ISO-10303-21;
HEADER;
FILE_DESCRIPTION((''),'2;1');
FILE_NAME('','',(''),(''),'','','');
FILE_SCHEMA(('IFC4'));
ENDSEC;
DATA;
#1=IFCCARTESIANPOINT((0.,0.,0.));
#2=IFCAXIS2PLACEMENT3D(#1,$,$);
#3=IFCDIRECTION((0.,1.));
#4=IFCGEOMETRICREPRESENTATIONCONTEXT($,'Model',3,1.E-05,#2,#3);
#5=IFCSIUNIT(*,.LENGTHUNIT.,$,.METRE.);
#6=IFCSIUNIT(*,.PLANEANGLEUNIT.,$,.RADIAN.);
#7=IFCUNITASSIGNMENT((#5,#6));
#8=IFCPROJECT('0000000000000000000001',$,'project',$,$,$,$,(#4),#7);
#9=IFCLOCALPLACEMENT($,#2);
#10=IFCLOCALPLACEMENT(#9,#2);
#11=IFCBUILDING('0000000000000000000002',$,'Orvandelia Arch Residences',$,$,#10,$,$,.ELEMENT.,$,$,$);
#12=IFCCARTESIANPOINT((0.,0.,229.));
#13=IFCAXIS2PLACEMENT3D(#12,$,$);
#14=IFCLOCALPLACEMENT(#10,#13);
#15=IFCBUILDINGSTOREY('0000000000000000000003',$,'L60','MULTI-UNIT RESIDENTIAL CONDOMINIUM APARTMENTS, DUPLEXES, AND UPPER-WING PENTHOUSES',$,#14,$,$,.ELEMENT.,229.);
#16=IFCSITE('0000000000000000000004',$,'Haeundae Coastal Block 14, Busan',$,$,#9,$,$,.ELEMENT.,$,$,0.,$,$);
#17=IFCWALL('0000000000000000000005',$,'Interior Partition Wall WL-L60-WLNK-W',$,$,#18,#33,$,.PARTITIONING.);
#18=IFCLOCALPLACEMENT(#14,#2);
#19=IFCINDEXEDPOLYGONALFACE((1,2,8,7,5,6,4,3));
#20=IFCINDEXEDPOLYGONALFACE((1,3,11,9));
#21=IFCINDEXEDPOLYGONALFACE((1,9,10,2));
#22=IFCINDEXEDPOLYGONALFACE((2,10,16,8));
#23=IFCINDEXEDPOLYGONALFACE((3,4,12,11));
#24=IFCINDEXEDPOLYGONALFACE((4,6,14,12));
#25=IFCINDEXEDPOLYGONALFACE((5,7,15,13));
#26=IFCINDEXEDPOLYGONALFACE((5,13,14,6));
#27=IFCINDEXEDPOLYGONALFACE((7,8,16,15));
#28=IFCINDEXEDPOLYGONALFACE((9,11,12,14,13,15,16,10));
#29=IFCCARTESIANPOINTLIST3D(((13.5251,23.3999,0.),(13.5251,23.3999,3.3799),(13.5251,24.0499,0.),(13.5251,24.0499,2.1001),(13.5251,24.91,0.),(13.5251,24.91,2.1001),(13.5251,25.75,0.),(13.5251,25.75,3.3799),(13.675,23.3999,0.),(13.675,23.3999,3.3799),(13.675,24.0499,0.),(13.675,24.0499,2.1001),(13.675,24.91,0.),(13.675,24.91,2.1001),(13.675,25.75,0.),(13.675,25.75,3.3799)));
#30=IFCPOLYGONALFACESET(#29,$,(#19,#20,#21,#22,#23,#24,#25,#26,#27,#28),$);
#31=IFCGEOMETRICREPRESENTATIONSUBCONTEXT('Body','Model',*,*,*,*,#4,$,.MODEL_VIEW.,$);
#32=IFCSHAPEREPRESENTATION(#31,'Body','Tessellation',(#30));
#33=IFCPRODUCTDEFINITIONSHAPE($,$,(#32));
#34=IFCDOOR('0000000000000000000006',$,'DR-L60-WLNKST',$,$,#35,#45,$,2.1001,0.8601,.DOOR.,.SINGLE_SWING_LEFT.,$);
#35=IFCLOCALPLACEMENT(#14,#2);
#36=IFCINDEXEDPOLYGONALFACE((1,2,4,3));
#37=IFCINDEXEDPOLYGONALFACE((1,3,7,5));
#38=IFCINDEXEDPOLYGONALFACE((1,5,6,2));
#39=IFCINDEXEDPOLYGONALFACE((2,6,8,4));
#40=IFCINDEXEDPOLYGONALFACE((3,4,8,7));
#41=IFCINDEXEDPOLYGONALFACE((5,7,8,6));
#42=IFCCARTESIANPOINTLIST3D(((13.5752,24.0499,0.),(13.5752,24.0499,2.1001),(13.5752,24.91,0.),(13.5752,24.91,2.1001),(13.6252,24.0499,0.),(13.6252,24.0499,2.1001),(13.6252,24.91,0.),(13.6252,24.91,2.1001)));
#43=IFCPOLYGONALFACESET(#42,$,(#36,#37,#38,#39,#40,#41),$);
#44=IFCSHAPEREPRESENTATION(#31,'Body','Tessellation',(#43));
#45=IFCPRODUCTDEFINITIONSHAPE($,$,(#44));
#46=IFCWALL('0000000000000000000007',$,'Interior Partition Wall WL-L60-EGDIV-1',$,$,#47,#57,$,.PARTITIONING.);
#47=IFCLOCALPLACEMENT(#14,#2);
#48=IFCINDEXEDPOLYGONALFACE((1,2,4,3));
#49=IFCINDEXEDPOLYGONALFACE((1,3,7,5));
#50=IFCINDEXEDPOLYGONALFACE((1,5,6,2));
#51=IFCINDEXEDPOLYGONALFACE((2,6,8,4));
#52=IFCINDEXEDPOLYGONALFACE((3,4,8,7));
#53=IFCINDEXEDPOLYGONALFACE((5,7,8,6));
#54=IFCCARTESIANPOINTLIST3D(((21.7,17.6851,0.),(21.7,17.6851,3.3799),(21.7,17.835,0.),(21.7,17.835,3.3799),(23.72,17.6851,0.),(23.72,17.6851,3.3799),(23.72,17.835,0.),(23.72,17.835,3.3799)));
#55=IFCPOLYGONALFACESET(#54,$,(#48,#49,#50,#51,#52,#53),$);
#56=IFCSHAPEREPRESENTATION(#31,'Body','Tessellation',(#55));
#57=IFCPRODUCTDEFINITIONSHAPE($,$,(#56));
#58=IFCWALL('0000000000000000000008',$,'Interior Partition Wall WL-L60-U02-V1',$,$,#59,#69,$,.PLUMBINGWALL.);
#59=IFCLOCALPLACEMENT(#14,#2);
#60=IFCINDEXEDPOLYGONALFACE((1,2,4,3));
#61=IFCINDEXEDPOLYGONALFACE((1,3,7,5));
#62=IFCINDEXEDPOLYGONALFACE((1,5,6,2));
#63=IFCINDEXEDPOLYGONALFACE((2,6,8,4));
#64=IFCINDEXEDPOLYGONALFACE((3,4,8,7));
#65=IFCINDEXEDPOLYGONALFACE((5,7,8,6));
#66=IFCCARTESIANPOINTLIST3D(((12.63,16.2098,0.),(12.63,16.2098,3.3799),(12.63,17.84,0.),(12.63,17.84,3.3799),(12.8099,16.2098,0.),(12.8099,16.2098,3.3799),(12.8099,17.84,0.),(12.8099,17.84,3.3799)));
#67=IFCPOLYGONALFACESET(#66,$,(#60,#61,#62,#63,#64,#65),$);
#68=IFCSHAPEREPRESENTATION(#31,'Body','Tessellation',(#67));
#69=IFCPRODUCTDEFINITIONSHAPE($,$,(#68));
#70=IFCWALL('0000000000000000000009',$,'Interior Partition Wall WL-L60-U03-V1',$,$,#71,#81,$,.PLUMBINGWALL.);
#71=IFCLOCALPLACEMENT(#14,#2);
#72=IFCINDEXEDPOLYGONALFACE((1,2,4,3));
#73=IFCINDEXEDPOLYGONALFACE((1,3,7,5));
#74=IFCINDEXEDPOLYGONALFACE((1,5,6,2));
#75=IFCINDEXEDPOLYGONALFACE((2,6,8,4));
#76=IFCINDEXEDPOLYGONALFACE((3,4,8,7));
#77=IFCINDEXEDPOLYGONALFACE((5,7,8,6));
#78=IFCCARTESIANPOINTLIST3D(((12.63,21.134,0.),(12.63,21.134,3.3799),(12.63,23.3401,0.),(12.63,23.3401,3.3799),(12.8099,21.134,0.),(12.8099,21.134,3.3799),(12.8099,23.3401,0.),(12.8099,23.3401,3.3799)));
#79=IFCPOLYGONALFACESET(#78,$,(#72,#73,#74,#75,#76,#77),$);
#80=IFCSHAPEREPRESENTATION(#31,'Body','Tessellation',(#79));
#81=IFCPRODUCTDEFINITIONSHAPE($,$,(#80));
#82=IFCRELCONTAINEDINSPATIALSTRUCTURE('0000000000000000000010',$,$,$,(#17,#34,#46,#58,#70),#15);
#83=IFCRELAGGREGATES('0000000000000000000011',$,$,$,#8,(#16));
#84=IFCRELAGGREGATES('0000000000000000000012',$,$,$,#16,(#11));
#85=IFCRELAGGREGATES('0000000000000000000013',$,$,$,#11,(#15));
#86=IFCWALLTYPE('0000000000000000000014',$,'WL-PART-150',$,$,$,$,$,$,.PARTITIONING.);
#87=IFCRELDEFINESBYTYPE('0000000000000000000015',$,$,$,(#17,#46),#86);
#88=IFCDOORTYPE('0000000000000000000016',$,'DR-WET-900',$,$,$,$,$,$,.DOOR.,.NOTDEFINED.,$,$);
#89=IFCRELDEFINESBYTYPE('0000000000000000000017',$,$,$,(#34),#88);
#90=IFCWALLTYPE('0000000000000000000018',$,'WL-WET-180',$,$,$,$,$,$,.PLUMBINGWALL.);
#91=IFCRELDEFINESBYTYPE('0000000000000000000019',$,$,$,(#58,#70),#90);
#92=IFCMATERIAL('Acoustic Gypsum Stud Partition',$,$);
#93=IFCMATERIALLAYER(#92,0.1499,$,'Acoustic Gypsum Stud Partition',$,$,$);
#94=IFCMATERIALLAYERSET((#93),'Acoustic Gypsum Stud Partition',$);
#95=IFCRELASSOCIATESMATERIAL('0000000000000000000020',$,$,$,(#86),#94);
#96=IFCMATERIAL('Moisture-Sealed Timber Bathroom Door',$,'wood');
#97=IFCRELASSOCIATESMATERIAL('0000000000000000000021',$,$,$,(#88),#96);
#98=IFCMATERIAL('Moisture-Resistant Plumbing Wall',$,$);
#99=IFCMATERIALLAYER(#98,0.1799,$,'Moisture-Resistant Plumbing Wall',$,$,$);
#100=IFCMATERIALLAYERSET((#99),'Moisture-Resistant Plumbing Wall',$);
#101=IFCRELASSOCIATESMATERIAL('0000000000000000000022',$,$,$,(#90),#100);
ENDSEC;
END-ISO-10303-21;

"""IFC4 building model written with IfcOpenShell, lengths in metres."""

from ifc_helpers import new_model, si_unit, direction, frame, frame_2d, origin, place, context, subcontext, project, spatial, rectangle, extrude, material, layer, layer_set, type_object, element, fill, save


model = new_model("IFC4")

# Units and contexts
model_context = context("Model", 3, precision=1e-05, world=origin(), true_north=direction((0.0, 1.0)))
body_context = subcontext(model_context, "Body", "Model", "MODEL_VIEW")
ifc_project = project(units=[si_unit("LENGTHUNIT", "METRE"), si_unit("PLANEANGLEUNIT", "RADIAN")], contexts=[model_context])

# Site, building, storey
site_placement = place(None, origin())
site = spatial("IfcSite", under=ifc_project, at=site_placement, Name="Haeundae Coastal Block 14, Busan", CompositionType="ELEMENT", RefElevation=0.0)
building_placement = place(site_placement, origin())
building = spatial("IfcBuilding", under=site, at=building_placement, Name="Orvandelia Arch Residences", CompositionType="ELEMENT")
storey_placement = place(building_placement, frame((0.0, 0.0, 229.0)))
storey = spatial("IfcBuildingStorey", under=building, at=storey_placement, Name="L60", Description="MULTI-UNIT RESIDENTIAL CONDOMINIUM APARTMENTS, DUPLEXES, AND UPPER-WING PENTHOUSES", CompositionType="ELEMENT", Elevation=229.0)

# Shared definitions
ifc_material_1 = material(Name="Acoustic Gypsum Stud Partition")
ifc_layer_1 = layer(ifc_material_1, 0.1499, Name="Acoustic Gypsum Stud Partition")
ifc_layer_set_1 = layer_set([ifc_layer_1], Name="Acoustic Gypsum Stud Partition")
wall_type_1 = type_object("IfcWallType", Name="WL-PART-150", PredefinedType="PARTITIONING", material=ifc_layer_set_1)

# Wall, opening, door
wall_1_placement = place(storey_placement, frame((13.6001, 23.3999, 0.0), z_axis=(0.0, 0.0, 1.0), x_axis=(0.0, 1.0, 0.0)))
wall_1 = element("IfcWall", 1, at=wall_1_placement, inside=storey, type_object=wall_type_1, Name="Interior Partition Wall WL-L60-WLNK-W", PredefinedType="PARTITIONING", context=body_context, shape_type="SweptSolid", body=[
    extrude(rectangle(XDim=2.3501, YDim=0.1499, at=frame_2d((1.175, 0.0))), origin(), (0.0, 0.0, 1.0), 3.3799),
])
opening_1_placement = place(wall_1_placement, frame((0.6499, 0.0, 0.0)))
opening_1 = element("IfcOpeningElement", 2, at=opening_1_placement, cuts=wall_1, PredefinedType="OPENING", context=body_context, shape_type="SweptSolid", body=[
    extrude(rectangle(XDim=0.8601, YDim=2.1001, at=frame_2d((0.4302, 1.05))), frame((0.0, 0.085, 0.0), z_axis=(0.0, -1.0, 0.0), x_axis=(1.0, 0.0, 0.0)), (0.0, 0.0, 1.0), 0.1699),
])
ifc_material_2 = material(Name="Moisture-Sealed Timber Bathroom Door", Category="wood")
door_type_1 = type_object("IfcDoorType", Name="DR-WET-900", OperationType="NOTDEFINED", PredefinedType="DOOR", material=ifc_material_2)
door_1_placement = place(opening_1_placement, origin())
door_1 = element("IfcDoor", 3, at=door_1_placement, inside=storey, type_object=door_type_1, Name="DR-L60-WLNKST", OperationType="SINGLE_SWING_LEFT", OverallHeight=2.1001, OverallWidth=0.8601, PredefinedType="DOOR", context=body_context, shape_type="SweptSolid", body=[
    extrude(rectangle(XDim=0.8601, YDim=2.1001, at=frame_2d((0.4302, 1.05))), frame((0.0, 0.0249, 0.0), z_axis=(0.0, -1.0, 0.0), x_axis=(1.0, 0.0, 0.0)), (0.0, 0.0, 1.0), 0.05),
])
fill(opening_1, door_1)

# Walls
wall_2_placement = place(storey_placement, frame((21.7, 17.76, 0.0), z_axis=(0.0, 0.0, 1.0), x_axis=(1.0, 0.0, 0.0)))
element("IfcWall", 4, at=wall_2_placement, inside=storey, type_object=wall_type_1, Name="Interior Partition Wall WL-L60-EGDIV-1", PredefinedType="PARTITIONING", context=body_context, shape_type="SweptSolid", body=[
    extrude(rectangle(XDim=2.02, YDim=0.1499, at=frame_2d((1.01, 0.0))), origin(), (0.0, 0.0, 1.0), 3.3799),
])
ifc_material_3 = material(Name="Moisture-Resistant Plumbing Wall")
ifc_layer_2 = layer(ifc_material_3, 0.1799, Name="Moisture-Resistant Plumbing Wall")
ifc_layer_set_2 = layer_set([ifc_layer_2], Name="Moisture-Resistant Plumbing Wall")
wall_type_2 = type_object("IfcWallType", Name="WL-WET-180", PredefinedType="PLUMBINGWALL", material=ifc_layer_set_2)
wall_3_placement = place(storey_placement, frame((12.72, 16.21, 0.0), z_axis=(0.0, 0.0, 1.0), x_axis=(0.0, 1.0, 0.0)))
element("IfcWall", 5, at=wall_3_placement, inside=storey, type_object=wall_type_2, Name="Interior Partition Wall WL-L60-U02-V1", PredefinedType="PLUMBINGWALL", context=body_context, shape_type="SweptSolid", body=[
    extrude(rectangle(XDim=1.6301, YDim=0.1799, at=frame_2d((0.8149, 0.0))), origin(), (0.0, 0.0, 1.0), 3.3799),
])
wall_4_placement = place(storey_placement, frame((12.72, 21.134, 0.0), z_axis=(0.0, 0.0, 1.0), x_axis=(0.0, 1.0, 0.0)))
element("IfcWall", 6, at=wall_4_placement, inside=storey, type_object=wall_type_2, Name="Interior Partition Wall WL-L60-U03-V1", PredefinedType="PLUMBINGWALL", context=body_context, shape_type="SweptSolid", body=[
    extrude(rectangle(XDim=2.2061, YDim=0.1799, at=frame_2d((1.103, 0.0))), origin(), (0.0, 0.0, 1.0), 3.3799),
])

save(model, "model.ifc")
